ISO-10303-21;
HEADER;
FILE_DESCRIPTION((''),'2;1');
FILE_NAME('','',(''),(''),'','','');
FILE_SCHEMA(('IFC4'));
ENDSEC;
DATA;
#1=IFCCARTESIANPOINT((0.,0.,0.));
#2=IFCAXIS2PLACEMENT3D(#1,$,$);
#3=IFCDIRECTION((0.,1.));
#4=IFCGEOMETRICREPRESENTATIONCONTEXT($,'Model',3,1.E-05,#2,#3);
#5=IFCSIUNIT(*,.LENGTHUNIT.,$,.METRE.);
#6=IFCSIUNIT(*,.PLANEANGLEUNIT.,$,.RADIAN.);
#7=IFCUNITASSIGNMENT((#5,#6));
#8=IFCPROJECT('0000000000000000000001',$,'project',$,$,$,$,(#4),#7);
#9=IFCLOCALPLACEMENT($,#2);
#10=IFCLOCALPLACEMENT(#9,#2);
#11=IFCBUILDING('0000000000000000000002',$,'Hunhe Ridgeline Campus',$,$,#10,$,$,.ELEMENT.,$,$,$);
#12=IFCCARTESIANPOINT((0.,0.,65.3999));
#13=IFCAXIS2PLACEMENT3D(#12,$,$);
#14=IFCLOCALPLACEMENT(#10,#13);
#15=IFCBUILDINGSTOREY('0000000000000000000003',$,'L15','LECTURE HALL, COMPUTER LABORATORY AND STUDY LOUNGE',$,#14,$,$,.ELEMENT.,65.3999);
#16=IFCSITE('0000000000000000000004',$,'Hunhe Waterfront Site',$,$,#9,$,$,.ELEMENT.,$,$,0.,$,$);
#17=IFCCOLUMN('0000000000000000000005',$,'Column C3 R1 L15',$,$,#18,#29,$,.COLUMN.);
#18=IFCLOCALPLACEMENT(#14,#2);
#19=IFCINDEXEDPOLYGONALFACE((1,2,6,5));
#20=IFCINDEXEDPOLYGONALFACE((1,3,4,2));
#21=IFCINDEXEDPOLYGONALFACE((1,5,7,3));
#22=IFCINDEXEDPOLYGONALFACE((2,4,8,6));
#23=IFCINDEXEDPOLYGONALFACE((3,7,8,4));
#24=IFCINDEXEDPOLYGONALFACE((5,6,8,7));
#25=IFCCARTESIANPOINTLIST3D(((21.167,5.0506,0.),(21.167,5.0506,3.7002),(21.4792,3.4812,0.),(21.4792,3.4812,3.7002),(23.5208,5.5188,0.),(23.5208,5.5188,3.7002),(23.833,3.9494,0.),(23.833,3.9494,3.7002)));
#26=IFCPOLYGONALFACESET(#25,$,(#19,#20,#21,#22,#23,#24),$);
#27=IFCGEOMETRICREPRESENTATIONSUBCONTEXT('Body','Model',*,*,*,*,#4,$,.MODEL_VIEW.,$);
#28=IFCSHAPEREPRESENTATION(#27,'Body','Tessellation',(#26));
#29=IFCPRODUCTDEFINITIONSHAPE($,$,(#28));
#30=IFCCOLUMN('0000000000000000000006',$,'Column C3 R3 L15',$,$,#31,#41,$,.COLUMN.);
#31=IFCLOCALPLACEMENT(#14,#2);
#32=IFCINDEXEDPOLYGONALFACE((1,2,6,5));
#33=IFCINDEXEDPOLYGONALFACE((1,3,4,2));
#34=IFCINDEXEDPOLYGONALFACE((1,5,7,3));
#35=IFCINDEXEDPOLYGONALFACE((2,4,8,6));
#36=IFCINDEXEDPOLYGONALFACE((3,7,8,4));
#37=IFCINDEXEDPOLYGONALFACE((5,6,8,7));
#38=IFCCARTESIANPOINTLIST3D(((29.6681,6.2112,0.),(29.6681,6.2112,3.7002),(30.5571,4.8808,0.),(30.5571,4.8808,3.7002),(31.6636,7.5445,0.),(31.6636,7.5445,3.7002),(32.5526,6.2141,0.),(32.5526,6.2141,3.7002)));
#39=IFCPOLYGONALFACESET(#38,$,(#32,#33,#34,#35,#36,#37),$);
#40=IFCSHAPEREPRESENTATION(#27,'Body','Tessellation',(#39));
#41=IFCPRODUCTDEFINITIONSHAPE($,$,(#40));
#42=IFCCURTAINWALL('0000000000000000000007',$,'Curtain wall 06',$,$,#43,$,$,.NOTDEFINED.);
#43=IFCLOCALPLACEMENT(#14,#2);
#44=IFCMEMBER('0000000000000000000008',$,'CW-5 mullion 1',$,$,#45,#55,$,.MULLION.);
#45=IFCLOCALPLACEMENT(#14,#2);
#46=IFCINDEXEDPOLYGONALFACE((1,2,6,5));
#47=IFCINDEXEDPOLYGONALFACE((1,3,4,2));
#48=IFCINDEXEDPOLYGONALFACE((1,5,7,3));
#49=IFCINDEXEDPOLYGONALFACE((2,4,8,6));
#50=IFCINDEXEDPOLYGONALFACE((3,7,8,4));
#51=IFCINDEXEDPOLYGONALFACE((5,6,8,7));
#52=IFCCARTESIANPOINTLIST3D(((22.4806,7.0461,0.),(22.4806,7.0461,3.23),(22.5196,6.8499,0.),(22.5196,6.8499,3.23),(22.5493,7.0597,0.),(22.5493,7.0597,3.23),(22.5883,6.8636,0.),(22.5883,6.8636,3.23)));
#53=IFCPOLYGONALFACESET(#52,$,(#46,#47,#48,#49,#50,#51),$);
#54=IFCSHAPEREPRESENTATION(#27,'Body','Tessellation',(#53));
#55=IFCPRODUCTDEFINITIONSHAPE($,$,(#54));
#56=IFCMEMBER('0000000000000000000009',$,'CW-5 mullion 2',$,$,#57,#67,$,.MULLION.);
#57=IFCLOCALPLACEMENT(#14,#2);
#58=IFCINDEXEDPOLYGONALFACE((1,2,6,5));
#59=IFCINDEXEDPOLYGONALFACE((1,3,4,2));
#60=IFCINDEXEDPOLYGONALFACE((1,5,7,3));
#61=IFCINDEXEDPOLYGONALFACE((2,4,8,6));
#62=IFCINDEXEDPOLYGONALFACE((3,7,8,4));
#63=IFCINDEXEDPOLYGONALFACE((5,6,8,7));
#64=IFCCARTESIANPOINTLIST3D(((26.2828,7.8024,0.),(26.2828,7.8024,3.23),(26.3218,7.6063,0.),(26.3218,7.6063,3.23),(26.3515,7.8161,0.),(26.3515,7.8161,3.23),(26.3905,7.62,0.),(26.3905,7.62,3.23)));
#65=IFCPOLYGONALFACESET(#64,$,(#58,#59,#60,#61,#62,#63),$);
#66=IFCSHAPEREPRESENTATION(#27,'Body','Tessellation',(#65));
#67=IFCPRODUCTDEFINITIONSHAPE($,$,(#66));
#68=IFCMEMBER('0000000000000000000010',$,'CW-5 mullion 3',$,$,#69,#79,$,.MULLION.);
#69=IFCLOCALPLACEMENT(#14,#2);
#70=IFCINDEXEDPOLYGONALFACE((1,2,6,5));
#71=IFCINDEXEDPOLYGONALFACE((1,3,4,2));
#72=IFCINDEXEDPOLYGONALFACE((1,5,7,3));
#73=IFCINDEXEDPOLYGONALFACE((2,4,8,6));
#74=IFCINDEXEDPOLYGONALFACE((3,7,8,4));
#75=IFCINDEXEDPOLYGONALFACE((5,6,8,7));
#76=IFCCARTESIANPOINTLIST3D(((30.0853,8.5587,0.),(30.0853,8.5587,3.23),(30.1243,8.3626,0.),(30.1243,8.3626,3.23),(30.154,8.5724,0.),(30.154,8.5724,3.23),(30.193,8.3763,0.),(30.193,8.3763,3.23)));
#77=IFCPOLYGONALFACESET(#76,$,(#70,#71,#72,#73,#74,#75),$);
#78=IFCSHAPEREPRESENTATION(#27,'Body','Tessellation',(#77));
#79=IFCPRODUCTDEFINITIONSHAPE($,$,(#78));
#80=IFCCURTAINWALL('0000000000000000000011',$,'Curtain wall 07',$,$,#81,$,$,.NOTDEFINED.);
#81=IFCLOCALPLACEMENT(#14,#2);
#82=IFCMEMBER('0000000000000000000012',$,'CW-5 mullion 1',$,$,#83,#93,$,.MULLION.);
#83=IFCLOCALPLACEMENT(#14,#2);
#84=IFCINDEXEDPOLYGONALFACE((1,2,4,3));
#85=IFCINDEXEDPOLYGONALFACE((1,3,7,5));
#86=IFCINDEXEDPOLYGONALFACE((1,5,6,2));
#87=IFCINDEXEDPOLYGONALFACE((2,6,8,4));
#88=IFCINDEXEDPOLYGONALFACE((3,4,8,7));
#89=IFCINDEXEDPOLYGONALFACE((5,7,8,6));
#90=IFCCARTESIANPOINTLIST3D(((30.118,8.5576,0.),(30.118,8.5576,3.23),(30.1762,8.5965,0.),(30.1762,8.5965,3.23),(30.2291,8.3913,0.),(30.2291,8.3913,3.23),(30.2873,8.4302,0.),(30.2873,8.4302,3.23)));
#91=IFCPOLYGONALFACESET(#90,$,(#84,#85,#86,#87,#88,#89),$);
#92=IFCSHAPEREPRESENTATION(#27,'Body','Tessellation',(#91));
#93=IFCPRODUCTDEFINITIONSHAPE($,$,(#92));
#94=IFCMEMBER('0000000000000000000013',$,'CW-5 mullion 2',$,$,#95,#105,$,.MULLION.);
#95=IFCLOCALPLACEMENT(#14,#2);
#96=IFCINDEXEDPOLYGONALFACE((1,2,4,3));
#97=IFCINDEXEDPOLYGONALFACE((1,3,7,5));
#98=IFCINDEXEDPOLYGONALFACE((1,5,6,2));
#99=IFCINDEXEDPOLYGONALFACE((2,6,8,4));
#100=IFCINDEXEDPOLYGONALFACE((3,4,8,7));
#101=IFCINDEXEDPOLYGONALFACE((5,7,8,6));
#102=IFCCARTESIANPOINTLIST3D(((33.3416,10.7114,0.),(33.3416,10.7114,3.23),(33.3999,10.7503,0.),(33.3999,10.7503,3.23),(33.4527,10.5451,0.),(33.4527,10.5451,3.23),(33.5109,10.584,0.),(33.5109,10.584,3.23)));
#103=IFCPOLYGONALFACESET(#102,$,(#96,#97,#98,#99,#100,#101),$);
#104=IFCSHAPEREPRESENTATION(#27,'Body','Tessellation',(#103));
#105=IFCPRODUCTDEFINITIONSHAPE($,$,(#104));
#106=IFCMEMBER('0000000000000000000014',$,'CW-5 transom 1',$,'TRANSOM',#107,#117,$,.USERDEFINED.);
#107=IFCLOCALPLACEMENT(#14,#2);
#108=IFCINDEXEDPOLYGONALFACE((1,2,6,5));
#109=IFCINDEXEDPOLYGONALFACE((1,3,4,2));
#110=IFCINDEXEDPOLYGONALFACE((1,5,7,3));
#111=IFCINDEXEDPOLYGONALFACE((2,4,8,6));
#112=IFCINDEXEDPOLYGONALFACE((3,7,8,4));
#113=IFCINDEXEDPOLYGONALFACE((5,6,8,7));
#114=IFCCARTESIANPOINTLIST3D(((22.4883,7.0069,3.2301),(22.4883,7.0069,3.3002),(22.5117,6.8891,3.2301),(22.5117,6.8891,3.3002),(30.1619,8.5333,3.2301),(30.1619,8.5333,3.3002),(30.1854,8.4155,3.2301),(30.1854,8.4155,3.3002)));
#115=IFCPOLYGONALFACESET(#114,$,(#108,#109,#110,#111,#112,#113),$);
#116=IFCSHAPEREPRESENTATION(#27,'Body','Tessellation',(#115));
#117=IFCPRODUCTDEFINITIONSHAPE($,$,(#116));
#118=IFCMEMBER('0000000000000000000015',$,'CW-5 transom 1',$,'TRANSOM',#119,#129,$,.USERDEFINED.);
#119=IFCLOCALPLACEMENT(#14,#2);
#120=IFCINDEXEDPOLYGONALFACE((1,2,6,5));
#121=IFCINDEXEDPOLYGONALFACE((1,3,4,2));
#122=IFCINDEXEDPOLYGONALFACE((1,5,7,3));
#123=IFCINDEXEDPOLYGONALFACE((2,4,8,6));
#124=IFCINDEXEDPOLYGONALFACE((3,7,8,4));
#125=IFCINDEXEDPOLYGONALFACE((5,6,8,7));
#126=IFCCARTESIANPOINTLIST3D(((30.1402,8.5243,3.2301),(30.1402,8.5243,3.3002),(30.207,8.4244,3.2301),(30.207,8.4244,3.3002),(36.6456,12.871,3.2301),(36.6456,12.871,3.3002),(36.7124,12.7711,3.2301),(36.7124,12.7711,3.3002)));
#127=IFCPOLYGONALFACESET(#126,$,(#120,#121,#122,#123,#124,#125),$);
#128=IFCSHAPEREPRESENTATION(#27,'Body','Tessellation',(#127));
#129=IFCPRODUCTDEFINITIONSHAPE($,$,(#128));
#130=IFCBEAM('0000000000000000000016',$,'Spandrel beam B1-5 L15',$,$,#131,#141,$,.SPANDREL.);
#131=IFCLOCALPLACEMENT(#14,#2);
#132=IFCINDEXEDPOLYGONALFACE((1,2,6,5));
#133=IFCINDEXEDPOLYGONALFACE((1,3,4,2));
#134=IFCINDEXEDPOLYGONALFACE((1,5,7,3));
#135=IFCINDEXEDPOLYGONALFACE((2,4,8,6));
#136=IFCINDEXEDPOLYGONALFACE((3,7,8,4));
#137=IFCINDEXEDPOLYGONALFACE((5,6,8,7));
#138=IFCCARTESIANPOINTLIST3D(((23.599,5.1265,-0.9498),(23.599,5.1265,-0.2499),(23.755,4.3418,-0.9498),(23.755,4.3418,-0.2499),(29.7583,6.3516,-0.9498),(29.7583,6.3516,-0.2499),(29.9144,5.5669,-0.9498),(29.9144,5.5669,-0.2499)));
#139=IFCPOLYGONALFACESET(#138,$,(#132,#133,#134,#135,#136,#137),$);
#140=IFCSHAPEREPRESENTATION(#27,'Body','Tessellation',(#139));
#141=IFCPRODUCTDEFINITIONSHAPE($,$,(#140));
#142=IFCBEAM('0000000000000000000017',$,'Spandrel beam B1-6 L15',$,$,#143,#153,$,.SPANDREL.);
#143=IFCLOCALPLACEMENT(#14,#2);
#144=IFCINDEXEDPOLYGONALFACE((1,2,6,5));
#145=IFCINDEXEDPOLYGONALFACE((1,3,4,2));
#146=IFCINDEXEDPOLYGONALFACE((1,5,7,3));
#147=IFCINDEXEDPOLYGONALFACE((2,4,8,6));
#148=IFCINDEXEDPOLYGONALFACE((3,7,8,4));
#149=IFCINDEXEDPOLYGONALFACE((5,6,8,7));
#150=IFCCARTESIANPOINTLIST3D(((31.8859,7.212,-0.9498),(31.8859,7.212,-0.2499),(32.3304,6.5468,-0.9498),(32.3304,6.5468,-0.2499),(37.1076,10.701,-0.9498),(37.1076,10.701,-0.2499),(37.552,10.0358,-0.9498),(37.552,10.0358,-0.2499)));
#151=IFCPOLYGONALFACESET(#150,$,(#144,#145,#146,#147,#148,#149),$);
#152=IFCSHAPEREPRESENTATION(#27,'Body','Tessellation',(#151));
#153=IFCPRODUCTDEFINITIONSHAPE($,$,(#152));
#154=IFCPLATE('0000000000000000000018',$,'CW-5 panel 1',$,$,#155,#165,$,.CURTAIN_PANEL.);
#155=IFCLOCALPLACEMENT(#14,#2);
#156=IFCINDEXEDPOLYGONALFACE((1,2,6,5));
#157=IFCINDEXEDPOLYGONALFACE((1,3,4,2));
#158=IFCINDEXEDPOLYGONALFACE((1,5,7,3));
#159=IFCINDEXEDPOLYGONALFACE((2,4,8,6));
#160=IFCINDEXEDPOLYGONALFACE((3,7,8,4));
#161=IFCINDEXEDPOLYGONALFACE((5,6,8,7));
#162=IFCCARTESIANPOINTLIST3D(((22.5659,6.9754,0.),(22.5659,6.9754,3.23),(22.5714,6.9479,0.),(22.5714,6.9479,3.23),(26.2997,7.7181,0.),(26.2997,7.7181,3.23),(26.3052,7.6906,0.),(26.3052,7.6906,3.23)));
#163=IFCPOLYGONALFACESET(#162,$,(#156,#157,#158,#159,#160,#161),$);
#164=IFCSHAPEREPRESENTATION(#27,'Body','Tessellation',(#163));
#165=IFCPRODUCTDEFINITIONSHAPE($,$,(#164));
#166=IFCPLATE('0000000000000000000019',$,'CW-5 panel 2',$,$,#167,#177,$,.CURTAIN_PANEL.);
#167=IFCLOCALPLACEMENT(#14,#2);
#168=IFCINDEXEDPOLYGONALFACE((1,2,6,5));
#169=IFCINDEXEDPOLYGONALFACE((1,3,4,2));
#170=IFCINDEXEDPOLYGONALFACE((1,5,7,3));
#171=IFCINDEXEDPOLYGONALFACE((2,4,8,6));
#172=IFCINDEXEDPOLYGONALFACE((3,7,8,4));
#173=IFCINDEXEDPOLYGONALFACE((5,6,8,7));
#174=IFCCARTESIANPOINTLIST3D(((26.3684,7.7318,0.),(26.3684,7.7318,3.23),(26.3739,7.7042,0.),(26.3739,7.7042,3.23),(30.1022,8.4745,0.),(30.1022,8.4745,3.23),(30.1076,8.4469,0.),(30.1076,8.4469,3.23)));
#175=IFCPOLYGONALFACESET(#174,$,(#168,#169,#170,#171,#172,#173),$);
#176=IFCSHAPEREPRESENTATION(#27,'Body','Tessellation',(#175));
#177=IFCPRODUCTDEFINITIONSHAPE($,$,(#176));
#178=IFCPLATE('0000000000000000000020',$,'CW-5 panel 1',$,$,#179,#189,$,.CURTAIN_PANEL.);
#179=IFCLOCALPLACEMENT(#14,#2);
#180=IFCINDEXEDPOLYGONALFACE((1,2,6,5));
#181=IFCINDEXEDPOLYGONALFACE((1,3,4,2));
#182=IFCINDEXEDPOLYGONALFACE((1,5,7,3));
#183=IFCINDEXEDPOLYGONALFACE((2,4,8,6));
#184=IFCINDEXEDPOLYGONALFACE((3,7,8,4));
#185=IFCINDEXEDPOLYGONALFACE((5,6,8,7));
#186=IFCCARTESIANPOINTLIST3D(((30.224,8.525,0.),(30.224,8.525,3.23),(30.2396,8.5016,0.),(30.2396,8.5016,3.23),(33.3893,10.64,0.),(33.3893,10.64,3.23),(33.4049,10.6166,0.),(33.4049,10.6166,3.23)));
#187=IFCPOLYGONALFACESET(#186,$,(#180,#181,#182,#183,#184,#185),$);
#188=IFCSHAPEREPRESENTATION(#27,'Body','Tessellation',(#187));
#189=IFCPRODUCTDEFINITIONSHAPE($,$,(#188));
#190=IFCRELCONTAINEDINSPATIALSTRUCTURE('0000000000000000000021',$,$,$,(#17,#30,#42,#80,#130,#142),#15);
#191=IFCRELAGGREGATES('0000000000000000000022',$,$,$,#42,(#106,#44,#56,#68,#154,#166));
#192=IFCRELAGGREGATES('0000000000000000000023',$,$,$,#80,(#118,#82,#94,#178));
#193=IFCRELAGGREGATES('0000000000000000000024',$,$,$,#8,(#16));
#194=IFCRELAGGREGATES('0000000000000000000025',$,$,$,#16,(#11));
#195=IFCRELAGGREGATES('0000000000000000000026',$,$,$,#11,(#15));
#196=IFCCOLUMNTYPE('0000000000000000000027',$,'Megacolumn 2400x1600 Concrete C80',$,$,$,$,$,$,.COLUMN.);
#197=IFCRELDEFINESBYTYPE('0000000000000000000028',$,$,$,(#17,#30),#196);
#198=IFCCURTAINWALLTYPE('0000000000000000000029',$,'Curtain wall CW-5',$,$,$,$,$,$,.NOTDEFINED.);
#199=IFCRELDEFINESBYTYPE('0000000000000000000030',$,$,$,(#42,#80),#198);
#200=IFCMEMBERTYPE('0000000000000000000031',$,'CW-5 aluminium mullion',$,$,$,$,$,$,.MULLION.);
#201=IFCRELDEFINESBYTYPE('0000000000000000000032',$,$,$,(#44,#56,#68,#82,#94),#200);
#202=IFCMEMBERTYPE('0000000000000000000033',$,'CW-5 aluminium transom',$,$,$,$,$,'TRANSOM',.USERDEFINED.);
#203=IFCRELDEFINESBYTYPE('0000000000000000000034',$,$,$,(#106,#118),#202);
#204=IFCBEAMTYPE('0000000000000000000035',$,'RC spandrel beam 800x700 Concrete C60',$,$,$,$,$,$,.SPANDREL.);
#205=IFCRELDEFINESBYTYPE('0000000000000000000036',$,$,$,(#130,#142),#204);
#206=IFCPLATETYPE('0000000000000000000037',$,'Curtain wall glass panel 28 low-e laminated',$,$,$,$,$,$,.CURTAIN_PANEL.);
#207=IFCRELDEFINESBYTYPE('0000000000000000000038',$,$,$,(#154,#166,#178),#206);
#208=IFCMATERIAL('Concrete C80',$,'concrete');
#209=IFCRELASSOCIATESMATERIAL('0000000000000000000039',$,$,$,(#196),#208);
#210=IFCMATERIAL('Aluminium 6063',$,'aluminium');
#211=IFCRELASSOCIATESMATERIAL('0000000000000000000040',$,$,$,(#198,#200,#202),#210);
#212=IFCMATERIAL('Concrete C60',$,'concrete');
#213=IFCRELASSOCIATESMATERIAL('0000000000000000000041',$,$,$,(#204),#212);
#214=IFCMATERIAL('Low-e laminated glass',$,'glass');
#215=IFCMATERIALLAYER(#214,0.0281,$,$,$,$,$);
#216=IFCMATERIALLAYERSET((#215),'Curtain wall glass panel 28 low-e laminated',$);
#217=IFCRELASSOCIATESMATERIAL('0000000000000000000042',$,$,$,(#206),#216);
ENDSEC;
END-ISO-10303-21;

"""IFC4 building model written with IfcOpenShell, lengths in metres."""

from ifc_helpers import new_model, si_unit, direction, frame, origin, origin_2d, place, context, subcontext, project, spatial, rectangle, extrude, material, layer, layer_set, material_profile, profile_set, type_object, element, aggregate, save


model = new_model("IFC4")

# Units and contexts
model_context = context("Model", 3, precision=1e-05, world=origin(), true_north=direction((0.0, 1.0)))
body_context = subcontext(model_context, "Body", "Model", "MODEL_VIEW")
ifc_project = project(units=[si_unit("LENGTHUNIT", "METRE"), si_unit("PLANEANGLEUNIT", "RADIAN")], contexts=[model_context])

# Site, building, storey
site_placement = place(None, origin())
site = spatial("IfcSite", under=ifc_project, at=site_placement, Name="Hunhe Waterfront Site", CompositionType="ELEMENT", RefElevation=0.0)
building_placement = place(site_placement, origin())
building = spatial("IfcBuilding", under=site, at=building_placement, Name="Hunhe Ridgeline Campus", CompositionType="ELEMENT")
storey_placement = place(building_placement, frame((0.0, 0.0, 65.3999)))
storey = spatial("IfcBuildingStorey", under=building, at=storey_placement, Name="L15", Description="LECTURE HALL, COMPUTER LABORATORY AND STUDY LOUNGE", CompositionType="ELEMENT", Elevation=65.3999)

# Columns
ifc_material_1 = material(Name="Concrete C80", Category="concrete")
ifc_material_profile_1 = material_profile(ifc_material_1, rectangle(XDim=2.3999, YDim=1.6001, at=origin_2d()))
ifc_profile_set_1 = profile_set([ifc_material_profile_1], Name="Concrete C80")
column_type = type_object("IfcColumnType", Name="Megacolumn 2400x1600 Concrete C80", PredefinedType="COLUMN", material=ifc_profile_set_1)
for number, where, z_axis, x_axis, name in (
    (1, (22.5, 4.5, 0.0), (0.0, 0.0, 1.0), (0.980785, 0.19509, 0.0), "Column C3 R1 L15"),
    (2, (31.1104, 6.2126, 0.0), (0.0, 0.0, 1.0), (0.83147, 0.55557, 0.0), "Column C3 R3 L15"),
):
    element("IfcColumn", number, at=place(storey_placement, frame(where, z_axis=z_axis, x_axis=x_axis)), inside=storey, type_object=column_type, Name=name, PredefinedType="COLUMN", context=body_context, shape_type="SweptSolid", body=[
        extrude(rectangle(XDim=2.3999, YDim=1.6001, at=origin_2d()), origin(), (0.0, 0.0, 1.0), 3.7002),
    ])

# Curtain walls, members
ifc_material_2 = material(Name="Aluminium 6063", Category="aluminium")
curtain_wall_type = type_object("IfcCurtainWallType", Name="Curtain wall CW-5", PredefinedType="NOTDEFINED", material=ifc_material_2)
curtain_wall_1_placement = place(storey_placement, origin())
curtain_wall_1 = element("IfcCurtainWall", 3, at=curtain_wall_1_placement, inside=storey, type_object=curtain_wall_type, Name="Curtain wall 06", PredefinedType="NOTDEFINED")
ifc_material_profile_2 = material_profile(ifc_material_2, rectangle(XDim=0.2, YDim=0.0701, at=origin_2d()))
ifc_profile_set_2 = profile_set([ifc_material_profile_2], Name="Aluminium 6063")
member_type_1 = type_object("IfcMemberType", Name="CW-5 aluminium mullion", PredefinedType="MULLION", material=ifc_profile_set_2)
member_1_placement = place(storey_placement, frame((22.5344, 6.9548, 0.0), z_axis=(0.0, 0.0, 1.0), x_axis=(-0.19509, 0.980785, 0.0)))
member_1 = element("IfcMember", 4, at=member_1_placement, type_object=member_type_1, Name="CW-5 mullion 1", PredefinedType="MULLION", context=body_context, shape_type="SweptSolid", body=[
    extrude(rectangle(XDim=0.2, YDim=0.0701, at=origin_2d()), origin(), (0.0, 0.0, 1.0), 3.23),
])
member_2_placement = place(storey_placement, frame((26.3367, 7.7112, 0.0), z_axis=(0.0, 0.0, 1.0), x_axis=(-0.19509, 0.980785, 0.0)))
member_2 = element("IfcMember", 5, at=member_2_placement, type_object=member_type_1, Name="CW-5 mullion 2", PredefinedType="MULLION", context=body_context, shape_type="SweptSolid", body=[
    extrude(rectangle(XDim=0.2, YDim=0.0701, at=origin_2d()), origin(), (0.0, 0.0, 1.0), 3.23),
])
member_3_placement = place(storey_placement, frame((30.1392, 8.4675, 0.0), z_axis=(0.0, 0.0, 1.0), x_axis=(-0.19509, 0.980785, 0.0)))
member_3 = element("IfcMember", 6, at=member_3_placement, type_object=member_type_1, Name="CW-5 mullion 3", PredefinedType="MULLION", context=body_context, shape_type="SweptSolid", body=[
    extrude(rectangle(XDim=0.2, YDim=0.0701, at=origin_2d()), origin(), (0.0, 0.0, 1.0), 3.23),
])
curtain_wall_2_placement = place(storey_placement, origin())
curtain_wall_2 = element("IfcCurtainWall", 7, at=curtain_wall_2_placement, inside=storey, type_object=curtain_wall_type, Name="Curtain wall 07", PredefinedType="NOTDEFINED")
member_4_placement = place(storey_placement, frame((30.2026, 8.4939, 0.0), z_axis=(0.0, 0.0, 1.0), x_axis=(-0.55557, 0.83147, 0.0)))
member_4 = element("IfcMember", 8, at=member_4_placement, type_object=member_type_1, Name="CW-5 mullion 1", PredefinedType="MULLION", context=body_context, shape_type="SweptSolid", body=[
    extrude(rectangle(XDim=0.2, YDim=0.0701, at=origin_2d()), origin(), (0.0, 0.0, 1.0), 3.23),
])
member_5_placement = place(storey_placement, frame((33.4263, 10.6477, 0.0), z_axis=(0.0, 0.0, 1.0), x_axis=(-0.55557, 0.83147, 0.0)))
member_5 = element("IfcMember", 9, at=member_5_placement, type_object=member_type_1, Name="CW-5 mullion 2", PredefinedType="MULLION", context=body_context, shape_type="SweptSolid", body=[
    extrude(rectangle(XDim=0.2, YDim=0.0701, at=origin_2d()), origin(), (0.0, 0.0, 1.0), 3.23),
])

# Members
ifc_material_profile_3 = material_profile(ifc_material_2, rectangle(XDim=0.1201, YDim=0.0701, at=origin_2d()))
ifc_profile_set_3 = profile_set([ifc_material_profile_3], Name="Aluminium 6063")
member_type_2 = type_object("IfcMemberType", Name="CW-5 aluminium transom", ElementType="TRANSOM", PredefinedType="USERDEFINED", material=ifc_profile_set_3)
member_6_placement = place(storey_placement, frame((22.5, 6.948, 3.2651), z_axis=(0.980785, 0.19509, 0.0), x_axis=(-0.19509, 0.980785, 0.0)))
member_6 = element("IfcMember", 10, at=member_6_placement, type_object=member_type_2, Name="CW-5 transom 1", ObjectType="TRANSOM", PredefinedType="USERDEFINED", context=body_context, shape_type="SweptSolid", body=[
    extrude(rectangle(XDim=0.1201, YDim=0.0701, at=origin_2d()), origin(), (0.0, 0.0, 1.0), 7.824),
])
member_7_placement = place(storey_placement, frame((30.1736, 8.4744, 3.2651), z_axis=(0.831474, 0.555564, 0.0), x_axis=(-0.555564, 0.831474, 0.0)))
member_7 = element("IfcMember", 11, at=member_7_placement, type_object=member_type_2, Name="CW-5 transom 1", ObjectType="TRANSOM", PredefinedType="USERDEFINED", context=body_context, shape_type="SweptSolid", body=[
    extrude(rectangle(XDim=0.1201, YDim=0.0701, at=origin_2d()), origin(), (0.0, 0.0, 1.0), 7.824),
])

# Beams
ifc_material_3 = material(Name="Concrete C60", Category="concrete")
ifc_material_profile_4 = material_profile(ifc_material_3, rectangle(XDim=0.8, YDim=0.7, at=origin_2d()))
ifc_profile_set_4 = profile_set([ifc_material_profile_4], Name="Concrete C60")
beam_type = type_object("IfcBeamType", Name="RC spandrel beam 800x700 Concrete C60", PredefinedType="SPANDREL", material=ifc_profile_set_4)
for number, where, z_axis, x_axis, name in (
    (12, (23.677, 4.7341, -0.5999), (0.980788, 0.195077, 0.0), (-0.195077, 0.980788, 0.0), "Spandrel beam B1-5 L15"),
    (13, (32.1082, 6.8794, -0.5999), (0.83147, 0.55557, 0.0), (-0.55557, 0.83147, 0.0), "Spandrel beam B1-6 L15"),
):
    element("IfcBeam", number, at=place(storey_placement, frame(where, z_axis=z_axis, x_axis=x_axis)), inside=storey, type_object=beam_type, Name=name, PredefinedType="SPANDREL", context=body_context, shape_type="SweptSolid", body=[
        extrude(rectangle(XDim=0.8, YDim=0.7, at=origin_2d()), origin(), (0.0, 0.0, 1.0), 6.28),
    ])

# Plates
ifc_material_4 = material(Name="Low-e laminated glass", Category="glass")
ifc_layer_1 = layer(ifc_material_4, 0.0281)
ifc_layer_set_1 = layer_set([ifc_layer_1], Name="Curtain wall glass panel 28 low-e laminated")
plate_type = type_object("IfcPlateType", Name="Curtain wall glass panel 28 low-e laminated", PredefinedType="CURTAIN_PANEL", material=ifc_layer_set_1)
plate_1_placement = place(storey_placement, frame((24.4355, 7.333, 0.0), z_axis=(0.0, 0.0, 1.0), x_axis=(0.980785, 0.19509, 0.0)))
plate_1 = element("IfcPlate", 14, at=plate_1_placement, type_object=plate_type, Name="CW-5 panel 1", PredefinedType="CURTAIN_PANEL", context=body_context, shape_type="SweptSolid", body=[
    extrude(rectangle(XDim=3.8069, YDim=0.0281, at=origin_2d()), origin(), (0.0, 0.0, 1.0), 3.23),
])
plate_2_placement = place(storey_placement, frame((28.238, 8.0894, 0.0), z_axis=(0.0, 0.0, 1.0), x_axis=(0.980785, 0.19509, 0.0)))
plate_2 = element("IfcPlate", 15, at=plate_2_placement, type_object=plate_type, Name="CW-5 panel 2", PredefinedType="CURTAIN_PANEL", context=body_context, shape_type="SweptSolid", body=[
    extrude(rectangle(XDim=3.8069, YDim=0.0281, at=origin_2d()), origin(), (0.0, 0.0, 1.0), 3.23),
])
aggregate(curtain_wall_1, [member_6, member_1, member_2, member_3, plate_1, plate_2])
plate_3_placement = place(storey_placement, frame((31.8145, 9.5708, 0.0), z_axis=(0.0, 0.0, 1.0), x_axis=(0.83147, 0.55557, 0.0)))
plate_3 = element("IfcPlate", 16, at=plate_3_placement, type_object=plate_type, Name="CW-5 panel 1", PredefinedType="CURTAIN_PANEL", context=body_context, shape_type="SweptSolid", body=[
    extrude(rectangle(XDim=3.8069, YDim=0.0281, at=origin_2d()), origin(), (0.0, 0.0, 1.0), 3.23),
])
aggregate(curtain_wall_2, [member_7, member_4, member_5, plate_3])

save(model, "model.ifc")
